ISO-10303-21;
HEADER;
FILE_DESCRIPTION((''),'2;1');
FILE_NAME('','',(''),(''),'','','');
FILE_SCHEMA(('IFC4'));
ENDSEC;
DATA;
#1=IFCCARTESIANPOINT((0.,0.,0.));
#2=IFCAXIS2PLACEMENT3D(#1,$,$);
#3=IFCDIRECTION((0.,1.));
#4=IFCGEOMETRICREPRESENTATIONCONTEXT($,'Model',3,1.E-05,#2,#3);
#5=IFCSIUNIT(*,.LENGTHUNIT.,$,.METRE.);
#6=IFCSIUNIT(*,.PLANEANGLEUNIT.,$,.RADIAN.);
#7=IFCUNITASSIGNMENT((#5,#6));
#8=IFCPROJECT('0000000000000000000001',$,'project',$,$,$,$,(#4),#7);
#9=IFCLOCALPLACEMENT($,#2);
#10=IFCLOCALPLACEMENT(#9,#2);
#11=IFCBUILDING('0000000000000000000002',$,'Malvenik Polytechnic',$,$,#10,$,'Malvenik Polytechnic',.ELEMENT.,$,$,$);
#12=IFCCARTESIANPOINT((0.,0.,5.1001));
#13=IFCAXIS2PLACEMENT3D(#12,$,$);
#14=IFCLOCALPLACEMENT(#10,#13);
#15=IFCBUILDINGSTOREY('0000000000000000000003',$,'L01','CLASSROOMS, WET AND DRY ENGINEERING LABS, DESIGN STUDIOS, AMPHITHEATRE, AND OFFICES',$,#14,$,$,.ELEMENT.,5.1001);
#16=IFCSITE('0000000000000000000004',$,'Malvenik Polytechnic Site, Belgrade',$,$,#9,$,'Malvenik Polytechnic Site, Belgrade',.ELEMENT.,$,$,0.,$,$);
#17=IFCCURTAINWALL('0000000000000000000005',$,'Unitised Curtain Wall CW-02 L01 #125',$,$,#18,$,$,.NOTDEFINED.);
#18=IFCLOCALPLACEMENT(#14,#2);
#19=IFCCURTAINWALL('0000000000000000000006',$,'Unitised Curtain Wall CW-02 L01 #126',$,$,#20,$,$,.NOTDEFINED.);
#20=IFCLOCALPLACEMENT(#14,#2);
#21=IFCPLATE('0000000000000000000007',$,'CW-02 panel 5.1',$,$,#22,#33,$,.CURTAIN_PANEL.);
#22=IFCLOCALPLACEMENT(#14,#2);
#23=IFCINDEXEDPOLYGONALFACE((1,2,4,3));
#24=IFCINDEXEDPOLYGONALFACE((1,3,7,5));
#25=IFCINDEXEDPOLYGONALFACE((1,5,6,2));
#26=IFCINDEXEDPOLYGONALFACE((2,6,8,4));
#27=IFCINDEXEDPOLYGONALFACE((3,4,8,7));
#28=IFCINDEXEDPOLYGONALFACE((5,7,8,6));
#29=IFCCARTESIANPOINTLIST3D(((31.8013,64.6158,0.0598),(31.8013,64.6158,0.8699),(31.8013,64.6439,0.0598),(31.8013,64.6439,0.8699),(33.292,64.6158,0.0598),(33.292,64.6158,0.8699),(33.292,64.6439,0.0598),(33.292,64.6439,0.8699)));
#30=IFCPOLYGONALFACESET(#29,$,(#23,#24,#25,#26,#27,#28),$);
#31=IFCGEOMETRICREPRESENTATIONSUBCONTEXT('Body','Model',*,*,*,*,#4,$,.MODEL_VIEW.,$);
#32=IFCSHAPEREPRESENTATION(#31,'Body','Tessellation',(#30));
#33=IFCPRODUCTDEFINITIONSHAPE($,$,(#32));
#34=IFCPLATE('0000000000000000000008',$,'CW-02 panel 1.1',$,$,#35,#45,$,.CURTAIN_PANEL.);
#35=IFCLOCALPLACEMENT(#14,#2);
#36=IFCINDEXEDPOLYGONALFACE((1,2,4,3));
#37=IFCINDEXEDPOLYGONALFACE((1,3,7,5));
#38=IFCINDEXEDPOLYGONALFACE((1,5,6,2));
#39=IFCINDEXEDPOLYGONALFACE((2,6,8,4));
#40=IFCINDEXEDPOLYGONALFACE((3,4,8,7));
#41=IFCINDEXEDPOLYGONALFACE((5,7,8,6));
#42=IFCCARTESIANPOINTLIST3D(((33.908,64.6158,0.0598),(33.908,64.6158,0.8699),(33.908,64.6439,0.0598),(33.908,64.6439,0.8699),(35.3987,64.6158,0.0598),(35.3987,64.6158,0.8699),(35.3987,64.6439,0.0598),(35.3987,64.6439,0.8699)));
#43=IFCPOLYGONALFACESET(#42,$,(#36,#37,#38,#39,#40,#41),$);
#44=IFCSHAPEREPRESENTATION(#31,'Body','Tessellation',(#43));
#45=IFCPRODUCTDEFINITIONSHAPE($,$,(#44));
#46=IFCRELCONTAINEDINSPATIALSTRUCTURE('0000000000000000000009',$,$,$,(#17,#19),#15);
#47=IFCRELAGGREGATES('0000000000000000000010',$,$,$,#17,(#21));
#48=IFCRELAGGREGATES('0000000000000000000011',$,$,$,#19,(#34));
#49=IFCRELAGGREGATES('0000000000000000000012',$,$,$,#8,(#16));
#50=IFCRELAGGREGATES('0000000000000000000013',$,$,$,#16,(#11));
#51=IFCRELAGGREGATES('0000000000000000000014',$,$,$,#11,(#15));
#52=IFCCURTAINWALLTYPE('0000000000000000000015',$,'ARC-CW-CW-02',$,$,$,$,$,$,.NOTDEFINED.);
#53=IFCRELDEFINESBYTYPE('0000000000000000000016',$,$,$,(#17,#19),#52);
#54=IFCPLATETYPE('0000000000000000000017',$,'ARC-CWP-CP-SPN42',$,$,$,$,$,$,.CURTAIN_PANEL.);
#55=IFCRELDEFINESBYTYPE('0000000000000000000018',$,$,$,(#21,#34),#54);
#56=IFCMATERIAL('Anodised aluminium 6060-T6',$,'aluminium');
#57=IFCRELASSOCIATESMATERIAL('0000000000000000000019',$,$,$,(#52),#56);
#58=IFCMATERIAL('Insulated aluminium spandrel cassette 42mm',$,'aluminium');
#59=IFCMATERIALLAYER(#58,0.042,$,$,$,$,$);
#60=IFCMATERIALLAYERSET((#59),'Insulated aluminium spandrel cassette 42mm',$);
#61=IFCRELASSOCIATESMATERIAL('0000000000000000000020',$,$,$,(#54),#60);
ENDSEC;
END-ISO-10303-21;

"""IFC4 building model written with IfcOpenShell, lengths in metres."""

from ifc_helpers import new_model, si_unit, direction, frame, origin, origin_2d, place, context, subcontext, project, spatial, rectangle, extrude, material, layer, layer_set, type_object, element, aggregate, save


model = new_model("IFC4")

# Units and contexts
model_context = context("Model", 3, precision=1e-05, world=origin(), true_north=direction((0.0, 1.0)))
body_context = subcontext(model_context, "Body", "Model", "MODEL_VIEW")
ifc_project = project(units=[si_unit("LENGTHUNIT", "METRE"), si_unit("PLANEANGLEUNIT", "RADIAN")], contexts=[model_context])

# Site, building, storey
site_placement = place(None, origin())
site = spatial("IfcSite", under=ifc_project, at=site_placement, Name="Malvenik Polytechnic Site, Belgrade", LongName="Malvenik Polytechnic Site, Belgrade", CompositionType="ELEMENT", RefElevation=0.0)
building_placement = place(site_placement, origin())
building = spatial("IfcBuilding", under=site, at=building_placement, Name="Malvenik Polytechnic", LongName="Malvenik Polytechnic", CompositionType="ELEMENT")
storey_placement = place(building_placement, frame((0.0, 0.0, 5.1001)))
storey = spatial("IfcBuildingStorey", under=building, at=storey_placement, Name="L01", Description="CLASSROOMS, WET AND DRY ENGINEERING LABS, DESIGN STUDIOS, AMPHITHEATRE, AND OFFICES", CompositionType="ELEMENT", Elevation=5.1001)

# Curtain walls
ifc_material_1 = material(Name="Anodised aluminium 6060-T6", Category="aluminium")
curtain_wall_type = type_object("IfcCurtainWallType", Name="ARC-CW-CW-02", PredefinedType="NOTDEFINED", material=ifc_material_1)
curtain_wall_1_placement = place(storey_placement, origin())
curtain_wall_1 = element("IfcCurtainWall", 1, at=curtain_wall_1_placement, inside=storey, type_object=curtain_wall_type, Name="Unitised Curtain Wall CW-02 L01 #125", PredefinedType="NOTDEFINED")
curtain_wall_2_placement = place(storey_placement, origin())
curtain_wall_2 = element("IfcCurtainWall", 2, at=curtain_wall_2_placement, inside=storey, type_object=curtain_wall_type, Name="Unitised Curtain Wall CW-02 L01 #126", PredefinedType="NOTDEFINED")

# Plates
ifc_material_2 = material(Name="Insulated aluminium spandrel cassette 42mm", Category="aluminium")
ifc_layer_1 = layer(ifc_material_2, 0.042)
ifc_layer_set_1 = layer_set([ifc_layer_1], Name="Insulated aluminium spandrel cassette 42mm")
plate_type_1 = type_object("IfcPlateType", Name="ARC-CWP-CP-SPN42", PredefinedType="CURTAIN_PANEL", material=ifc_layer_set_1)
plate_1_placement = place(storey_placement, frame((32.5466, 64.6299, 0.0598), z_axis=(0.0, 0.0, 1.0), x_axis=(1.0, 0.0, 0.0)))
plate_1 = element("IfcPlate", 3, at=plate_1_placement, type_object=plate_type_1, Name="CW-02 panel 5.1", PredefinedType="CURTAIN_PANEL", context=body_context, shape_type="SweptSolid", body=[
    extrude(rectangle(XDim=1.4907, YDim=0.0281, at=origin_2d()), origin(), (0.0, 0.0, 1.0), 0.8101),
])
aggregate(curtain_wall_1, [plate_1])
plate_2_placement = place(storey_placement, frame((34.6533, 64.6299, 0.0598), z_axis=(0.0, 0.0, 1.0), x_axis=(1.0, 0.0, 0.0)))
plate_2 = element("IfcPlate", 4, at=plate_2_placement, type_object=plate_type_1, Name="CW-02 panel 1.1", PredefinedType="CURTAIN_PANEL", context=body_context, shape_type="SweptSolid", body=[
    extrude(rectangle(XDim=1.4907, YDim=0.0281, at=origin_2d()), origin(), (0.0, 0.0, 1.0), 0.8101),
])
aggregate(curtain_wall_2, [plate_2])

save(model, "model.ifc")
